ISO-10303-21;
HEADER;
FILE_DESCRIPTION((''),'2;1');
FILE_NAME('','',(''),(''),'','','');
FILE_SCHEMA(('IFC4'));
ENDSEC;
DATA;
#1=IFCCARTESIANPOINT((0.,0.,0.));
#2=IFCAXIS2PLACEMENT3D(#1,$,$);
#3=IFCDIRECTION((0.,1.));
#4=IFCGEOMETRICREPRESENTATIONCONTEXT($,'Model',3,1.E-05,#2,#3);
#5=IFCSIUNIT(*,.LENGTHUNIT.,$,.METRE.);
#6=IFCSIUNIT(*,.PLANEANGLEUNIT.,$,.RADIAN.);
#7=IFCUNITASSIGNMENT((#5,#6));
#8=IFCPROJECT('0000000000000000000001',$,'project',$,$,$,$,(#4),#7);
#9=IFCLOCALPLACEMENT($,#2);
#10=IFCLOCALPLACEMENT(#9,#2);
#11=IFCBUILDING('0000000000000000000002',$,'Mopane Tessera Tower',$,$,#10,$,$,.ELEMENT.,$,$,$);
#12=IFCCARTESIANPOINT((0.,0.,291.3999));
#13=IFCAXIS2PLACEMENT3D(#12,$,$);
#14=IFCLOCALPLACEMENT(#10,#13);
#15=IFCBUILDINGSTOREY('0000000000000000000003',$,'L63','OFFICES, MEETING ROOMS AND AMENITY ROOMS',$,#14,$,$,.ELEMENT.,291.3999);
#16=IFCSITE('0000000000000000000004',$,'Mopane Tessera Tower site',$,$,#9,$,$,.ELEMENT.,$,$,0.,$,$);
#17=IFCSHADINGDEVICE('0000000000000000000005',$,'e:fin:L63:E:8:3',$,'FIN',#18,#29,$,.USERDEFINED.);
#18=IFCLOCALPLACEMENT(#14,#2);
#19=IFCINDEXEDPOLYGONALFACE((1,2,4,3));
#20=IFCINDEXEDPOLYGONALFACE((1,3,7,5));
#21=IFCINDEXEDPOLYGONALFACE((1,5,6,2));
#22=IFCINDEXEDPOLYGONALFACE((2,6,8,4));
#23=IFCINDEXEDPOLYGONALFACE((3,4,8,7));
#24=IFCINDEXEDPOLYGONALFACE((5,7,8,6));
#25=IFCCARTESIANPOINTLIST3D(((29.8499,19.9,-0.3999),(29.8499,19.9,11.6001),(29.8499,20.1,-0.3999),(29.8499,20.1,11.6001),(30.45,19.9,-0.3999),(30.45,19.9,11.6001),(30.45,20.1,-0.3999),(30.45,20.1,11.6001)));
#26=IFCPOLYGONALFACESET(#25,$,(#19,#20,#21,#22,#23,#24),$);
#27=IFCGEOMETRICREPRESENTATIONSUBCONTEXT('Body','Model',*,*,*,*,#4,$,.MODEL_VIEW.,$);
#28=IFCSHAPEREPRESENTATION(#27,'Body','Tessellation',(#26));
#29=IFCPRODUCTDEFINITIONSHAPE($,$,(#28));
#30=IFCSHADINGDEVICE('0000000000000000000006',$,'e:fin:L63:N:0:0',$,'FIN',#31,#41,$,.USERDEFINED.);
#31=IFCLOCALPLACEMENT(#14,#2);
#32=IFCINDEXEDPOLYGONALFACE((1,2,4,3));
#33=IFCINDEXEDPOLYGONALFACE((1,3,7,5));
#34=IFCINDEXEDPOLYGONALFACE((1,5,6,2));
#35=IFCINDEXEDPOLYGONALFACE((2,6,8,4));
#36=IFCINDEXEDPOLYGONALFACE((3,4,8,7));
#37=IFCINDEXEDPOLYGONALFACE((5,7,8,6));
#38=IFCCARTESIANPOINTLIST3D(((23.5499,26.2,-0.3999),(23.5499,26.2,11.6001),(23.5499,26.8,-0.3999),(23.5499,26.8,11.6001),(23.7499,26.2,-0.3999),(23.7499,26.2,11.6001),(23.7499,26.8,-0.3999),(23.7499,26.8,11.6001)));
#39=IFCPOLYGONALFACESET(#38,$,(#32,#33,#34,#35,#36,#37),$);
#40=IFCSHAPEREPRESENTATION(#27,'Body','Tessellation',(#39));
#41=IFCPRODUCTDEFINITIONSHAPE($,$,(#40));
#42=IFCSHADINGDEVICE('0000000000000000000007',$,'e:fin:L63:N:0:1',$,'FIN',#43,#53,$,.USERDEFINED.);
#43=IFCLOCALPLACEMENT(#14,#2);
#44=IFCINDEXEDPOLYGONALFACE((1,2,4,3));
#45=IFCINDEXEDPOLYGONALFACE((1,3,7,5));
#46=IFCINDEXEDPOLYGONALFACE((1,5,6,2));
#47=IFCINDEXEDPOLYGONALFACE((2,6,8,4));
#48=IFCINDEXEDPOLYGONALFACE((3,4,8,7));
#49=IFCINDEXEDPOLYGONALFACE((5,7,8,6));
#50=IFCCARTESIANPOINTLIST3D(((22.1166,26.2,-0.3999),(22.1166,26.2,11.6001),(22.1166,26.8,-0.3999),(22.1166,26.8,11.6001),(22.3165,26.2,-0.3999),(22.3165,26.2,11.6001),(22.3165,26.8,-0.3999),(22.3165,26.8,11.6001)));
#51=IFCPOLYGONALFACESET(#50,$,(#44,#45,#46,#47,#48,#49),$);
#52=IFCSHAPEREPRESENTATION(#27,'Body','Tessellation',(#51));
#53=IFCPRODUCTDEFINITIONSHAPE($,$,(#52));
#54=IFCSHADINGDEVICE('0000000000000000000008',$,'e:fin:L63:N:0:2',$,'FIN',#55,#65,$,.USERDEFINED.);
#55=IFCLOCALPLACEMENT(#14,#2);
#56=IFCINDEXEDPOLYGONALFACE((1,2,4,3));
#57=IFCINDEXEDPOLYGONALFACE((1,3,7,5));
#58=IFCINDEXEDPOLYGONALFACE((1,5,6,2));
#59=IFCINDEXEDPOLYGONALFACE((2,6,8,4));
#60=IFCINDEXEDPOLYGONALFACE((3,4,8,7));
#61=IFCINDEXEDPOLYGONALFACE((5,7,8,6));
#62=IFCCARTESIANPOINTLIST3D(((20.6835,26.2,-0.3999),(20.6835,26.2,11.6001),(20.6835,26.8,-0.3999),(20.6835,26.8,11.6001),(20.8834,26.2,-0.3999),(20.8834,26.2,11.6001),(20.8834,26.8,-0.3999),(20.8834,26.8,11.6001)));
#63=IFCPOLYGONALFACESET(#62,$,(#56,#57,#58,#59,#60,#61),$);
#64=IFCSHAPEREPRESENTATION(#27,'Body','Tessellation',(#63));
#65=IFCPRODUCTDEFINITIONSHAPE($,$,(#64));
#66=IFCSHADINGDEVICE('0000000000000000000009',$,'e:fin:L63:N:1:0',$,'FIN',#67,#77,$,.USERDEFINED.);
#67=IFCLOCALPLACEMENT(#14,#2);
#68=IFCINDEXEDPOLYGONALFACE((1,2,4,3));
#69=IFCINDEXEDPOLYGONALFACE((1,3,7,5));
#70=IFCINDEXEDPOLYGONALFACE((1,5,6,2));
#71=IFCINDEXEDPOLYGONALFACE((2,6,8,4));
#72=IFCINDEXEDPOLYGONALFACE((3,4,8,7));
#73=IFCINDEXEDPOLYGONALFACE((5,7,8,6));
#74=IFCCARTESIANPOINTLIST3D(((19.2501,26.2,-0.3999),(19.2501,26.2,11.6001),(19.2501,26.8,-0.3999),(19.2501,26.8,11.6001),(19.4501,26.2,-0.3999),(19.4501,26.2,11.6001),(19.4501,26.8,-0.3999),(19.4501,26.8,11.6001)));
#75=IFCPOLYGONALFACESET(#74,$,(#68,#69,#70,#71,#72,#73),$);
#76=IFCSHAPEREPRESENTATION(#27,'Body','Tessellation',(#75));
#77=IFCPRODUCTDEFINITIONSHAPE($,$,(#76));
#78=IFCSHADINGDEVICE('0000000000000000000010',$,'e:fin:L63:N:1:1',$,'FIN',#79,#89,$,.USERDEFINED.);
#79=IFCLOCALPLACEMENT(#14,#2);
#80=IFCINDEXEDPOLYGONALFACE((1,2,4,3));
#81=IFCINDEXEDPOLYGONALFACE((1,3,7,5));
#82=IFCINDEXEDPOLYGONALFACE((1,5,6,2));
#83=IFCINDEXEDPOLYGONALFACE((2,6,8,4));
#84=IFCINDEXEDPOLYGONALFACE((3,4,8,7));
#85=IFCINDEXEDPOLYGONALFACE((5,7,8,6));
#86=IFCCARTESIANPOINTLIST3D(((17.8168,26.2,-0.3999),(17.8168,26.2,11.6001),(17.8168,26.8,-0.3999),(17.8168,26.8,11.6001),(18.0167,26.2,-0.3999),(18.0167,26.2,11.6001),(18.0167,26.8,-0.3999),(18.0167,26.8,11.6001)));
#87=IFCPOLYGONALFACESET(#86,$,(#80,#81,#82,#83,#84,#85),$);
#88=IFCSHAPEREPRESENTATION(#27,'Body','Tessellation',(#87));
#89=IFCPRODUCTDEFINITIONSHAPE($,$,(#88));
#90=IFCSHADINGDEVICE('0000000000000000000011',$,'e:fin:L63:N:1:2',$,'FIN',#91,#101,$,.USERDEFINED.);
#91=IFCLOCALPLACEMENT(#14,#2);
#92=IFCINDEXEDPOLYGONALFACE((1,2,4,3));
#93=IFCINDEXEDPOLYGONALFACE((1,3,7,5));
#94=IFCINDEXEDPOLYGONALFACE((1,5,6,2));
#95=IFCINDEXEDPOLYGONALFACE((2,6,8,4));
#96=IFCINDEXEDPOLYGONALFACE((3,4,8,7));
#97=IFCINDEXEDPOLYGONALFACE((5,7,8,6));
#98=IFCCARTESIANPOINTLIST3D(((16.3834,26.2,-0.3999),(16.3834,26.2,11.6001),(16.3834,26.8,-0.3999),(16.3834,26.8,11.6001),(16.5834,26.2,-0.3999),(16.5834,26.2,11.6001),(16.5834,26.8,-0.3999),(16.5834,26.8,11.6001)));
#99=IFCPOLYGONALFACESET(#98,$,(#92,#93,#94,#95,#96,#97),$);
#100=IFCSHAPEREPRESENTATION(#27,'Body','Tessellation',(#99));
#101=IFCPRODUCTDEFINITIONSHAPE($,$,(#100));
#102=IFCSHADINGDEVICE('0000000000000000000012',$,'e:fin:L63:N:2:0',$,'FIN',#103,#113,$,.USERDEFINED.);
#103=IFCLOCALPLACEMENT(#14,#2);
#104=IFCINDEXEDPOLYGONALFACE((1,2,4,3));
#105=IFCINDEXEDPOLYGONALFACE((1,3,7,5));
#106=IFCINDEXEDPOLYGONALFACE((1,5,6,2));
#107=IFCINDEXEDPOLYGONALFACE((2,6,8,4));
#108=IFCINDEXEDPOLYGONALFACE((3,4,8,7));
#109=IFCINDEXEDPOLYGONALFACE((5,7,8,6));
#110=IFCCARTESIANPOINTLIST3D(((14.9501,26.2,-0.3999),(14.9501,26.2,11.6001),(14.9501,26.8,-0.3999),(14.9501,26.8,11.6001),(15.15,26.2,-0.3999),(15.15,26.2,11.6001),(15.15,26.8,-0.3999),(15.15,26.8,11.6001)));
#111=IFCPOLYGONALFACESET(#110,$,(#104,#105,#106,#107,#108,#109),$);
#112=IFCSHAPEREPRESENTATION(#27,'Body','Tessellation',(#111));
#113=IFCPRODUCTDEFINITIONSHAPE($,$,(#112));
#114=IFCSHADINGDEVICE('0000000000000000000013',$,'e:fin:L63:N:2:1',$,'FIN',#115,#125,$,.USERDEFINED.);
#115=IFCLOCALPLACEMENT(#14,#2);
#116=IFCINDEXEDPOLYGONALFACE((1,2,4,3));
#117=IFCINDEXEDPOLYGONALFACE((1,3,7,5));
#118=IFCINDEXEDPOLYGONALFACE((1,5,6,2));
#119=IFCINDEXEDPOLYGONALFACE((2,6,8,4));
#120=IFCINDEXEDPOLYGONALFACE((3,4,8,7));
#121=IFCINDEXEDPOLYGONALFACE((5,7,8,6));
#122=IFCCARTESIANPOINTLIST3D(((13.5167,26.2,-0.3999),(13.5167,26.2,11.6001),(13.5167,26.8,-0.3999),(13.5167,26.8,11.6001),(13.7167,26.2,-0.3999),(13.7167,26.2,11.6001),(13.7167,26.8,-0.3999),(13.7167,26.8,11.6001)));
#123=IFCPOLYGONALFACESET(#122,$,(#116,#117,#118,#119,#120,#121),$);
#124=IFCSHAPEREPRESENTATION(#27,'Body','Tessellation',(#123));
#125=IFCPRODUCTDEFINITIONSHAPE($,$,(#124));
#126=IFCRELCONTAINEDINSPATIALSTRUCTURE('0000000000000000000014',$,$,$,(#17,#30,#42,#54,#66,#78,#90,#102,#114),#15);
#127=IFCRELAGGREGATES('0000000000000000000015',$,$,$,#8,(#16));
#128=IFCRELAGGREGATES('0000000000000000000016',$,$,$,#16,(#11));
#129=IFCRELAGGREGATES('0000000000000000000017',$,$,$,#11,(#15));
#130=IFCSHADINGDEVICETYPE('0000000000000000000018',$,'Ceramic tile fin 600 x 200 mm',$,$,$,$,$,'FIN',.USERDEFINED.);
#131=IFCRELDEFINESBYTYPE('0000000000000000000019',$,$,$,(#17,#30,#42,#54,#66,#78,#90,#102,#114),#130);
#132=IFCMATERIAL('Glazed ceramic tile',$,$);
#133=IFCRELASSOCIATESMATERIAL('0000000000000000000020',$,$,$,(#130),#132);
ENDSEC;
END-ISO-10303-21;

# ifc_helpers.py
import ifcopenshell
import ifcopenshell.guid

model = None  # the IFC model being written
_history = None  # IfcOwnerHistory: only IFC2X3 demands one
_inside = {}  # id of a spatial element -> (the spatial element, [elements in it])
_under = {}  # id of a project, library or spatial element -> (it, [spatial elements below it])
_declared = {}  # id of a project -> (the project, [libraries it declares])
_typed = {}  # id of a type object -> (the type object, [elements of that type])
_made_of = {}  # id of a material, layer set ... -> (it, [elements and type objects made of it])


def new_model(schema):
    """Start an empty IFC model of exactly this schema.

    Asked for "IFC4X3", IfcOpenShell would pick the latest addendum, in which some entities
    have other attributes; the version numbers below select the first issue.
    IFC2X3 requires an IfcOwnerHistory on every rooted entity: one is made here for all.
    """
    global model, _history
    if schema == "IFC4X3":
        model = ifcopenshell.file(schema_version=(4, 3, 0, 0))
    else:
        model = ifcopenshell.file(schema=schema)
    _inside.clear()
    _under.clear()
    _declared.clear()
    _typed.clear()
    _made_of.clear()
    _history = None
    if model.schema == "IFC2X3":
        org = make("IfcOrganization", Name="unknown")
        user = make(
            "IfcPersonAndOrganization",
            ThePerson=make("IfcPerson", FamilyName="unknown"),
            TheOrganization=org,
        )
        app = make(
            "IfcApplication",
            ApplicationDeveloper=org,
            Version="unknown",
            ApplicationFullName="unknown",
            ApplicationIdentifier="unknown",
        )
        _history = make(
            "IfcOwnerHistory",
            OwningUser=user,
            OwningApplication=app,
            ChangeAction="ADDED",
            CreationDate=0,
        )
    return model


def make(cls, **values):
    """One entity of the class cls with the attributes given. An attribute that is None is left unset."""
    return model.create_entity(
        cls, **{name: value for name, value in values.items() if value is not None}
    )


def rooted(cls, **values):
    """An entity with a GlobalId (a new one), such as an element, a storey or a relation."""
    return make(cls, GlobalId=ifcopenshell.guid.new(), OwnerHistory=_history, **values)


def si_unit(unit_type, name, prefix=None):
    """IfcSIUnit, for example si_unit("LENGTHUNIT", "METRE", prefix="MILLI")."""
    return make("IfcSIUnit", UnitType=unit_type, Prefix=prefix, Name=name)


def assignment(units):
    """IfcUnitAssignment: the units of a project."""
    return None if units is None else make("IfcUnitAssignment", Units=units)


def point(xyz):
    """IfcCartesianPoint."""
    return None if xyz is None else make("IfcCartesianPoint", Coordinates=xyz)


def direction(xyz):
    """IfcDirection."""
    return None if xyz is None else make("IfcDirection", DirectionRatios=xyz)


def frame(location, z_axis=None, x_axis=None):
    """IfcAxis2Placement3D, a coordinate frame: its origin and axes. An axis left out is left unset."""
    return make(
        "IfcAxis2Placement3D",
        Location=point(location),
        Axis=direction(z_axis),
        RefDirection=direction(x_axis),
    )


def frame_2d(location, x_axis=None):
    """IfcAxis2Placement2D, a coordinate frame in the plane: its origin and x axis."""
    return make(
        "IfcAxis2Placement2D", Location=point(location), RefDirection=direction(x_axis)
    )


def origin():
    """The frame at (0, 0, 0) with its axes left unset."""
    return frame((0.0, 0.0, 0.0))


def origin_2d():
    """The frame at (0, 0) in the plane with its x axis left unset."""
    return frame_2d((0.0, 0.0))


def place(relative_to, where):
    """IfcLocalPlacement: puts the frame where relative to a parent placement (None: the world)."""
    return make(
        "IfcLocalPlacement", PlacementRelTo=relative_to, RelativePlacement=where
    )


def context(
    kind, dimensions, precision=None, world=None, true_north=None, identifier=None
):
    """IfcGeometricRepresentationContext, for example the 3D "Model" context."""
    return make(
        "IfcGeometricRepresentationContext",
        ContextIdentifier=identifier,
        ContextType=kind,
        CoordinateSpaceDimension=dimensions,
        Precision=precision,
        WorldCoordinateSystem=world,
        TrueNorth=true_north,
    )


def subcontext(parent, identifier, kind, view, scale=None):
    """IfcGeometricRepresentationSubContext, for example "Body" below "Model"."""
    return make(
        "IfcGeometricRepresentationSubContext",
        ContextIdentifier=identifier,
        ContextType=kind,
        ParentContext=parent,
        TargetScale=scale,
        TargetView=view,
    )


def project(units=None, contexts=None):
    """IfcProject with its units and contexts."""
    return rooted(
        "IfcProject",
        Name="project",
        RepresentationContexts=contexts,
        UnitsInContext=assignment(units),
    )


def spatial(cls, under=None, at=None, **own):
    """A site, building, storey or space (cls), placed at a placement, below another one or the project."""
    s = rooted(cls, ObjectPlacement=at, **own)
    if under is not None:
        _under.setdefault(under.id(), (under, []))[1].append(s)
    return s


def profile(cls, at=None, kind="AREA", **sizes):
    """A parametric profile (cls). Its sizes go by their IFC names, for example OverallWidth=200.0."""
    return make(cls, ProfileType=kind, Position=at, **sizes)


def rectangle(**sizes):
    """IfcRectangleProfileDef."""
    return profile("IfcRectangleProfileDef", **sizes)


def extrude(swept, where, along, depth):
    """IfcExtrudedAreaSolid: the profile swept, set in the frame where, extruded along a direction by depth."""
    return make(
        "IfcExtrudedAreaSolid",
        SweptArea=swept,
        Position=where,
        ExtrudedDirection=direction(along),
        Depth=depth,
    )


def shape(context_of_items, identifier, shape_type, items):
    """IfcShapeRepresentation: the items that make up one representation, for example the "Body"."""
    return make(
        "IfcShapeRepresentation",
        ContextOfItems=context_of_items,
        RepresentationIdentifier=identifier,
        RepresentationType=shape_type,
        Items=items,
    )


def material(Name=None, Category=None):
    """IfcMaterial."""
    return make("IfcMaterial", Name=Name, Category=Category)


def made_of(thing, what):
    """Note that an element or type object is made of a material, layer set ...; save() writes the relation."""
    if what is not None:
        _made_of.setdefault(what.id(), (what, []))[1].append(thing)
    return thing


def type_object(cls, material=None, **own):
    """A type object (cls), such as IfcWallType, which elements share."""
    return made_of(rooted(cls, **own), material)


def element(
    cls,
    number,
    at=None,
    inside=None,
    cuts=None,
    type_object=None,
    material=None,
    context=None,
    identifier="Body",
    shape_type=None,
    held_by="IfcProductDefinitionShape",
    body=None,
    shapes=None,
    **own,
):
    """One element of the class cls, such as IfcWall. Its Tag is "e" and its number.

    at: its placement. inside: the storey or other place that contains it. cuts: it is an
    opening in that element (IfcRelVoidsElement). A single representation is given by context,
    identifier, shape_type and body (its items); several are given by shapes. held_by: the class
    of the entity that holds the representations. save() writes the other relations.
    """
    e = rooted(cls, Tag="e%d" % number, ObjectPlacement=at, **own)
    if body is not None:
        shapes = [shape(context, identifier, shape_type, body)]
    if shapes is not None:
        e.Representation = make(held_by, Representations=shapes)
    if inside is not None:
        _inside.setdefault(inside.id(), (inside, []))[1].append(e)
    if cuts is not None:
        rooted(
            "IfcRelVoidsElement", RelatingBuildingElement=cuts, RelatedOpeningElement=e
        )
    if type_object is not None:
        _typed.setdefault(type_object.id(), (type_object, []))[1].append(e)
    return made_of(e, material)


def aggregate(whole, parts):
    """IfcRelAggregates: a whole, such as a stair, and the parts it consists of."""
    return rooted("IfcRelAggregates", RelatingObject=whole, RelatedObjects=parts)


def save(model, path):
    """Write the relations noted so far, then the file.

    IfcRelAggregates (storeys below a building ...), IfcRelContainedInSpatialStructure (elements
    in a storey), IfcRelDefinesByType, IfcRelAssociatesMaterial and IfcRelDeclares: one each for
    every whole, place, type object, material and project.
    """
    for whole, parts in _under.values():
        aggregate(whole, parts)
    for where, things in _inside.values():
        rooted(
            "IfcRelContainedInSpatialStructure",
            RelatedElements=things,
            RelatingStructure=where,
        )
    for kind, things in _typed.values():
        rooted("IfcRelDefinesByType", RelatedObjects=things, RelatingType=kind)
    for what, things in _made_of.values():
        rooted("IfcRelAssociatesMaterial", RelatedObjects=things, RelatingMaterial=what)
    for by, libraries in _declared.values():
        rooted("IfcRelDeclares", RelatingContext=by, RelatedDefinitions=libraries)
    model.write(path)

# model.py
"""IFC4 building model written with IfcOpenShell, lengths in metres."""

from ifc_helpers import new_model, si_unit, direction, frame, origin, origin_2d, place, context, subcontext, project, spatial, rectangle, extrude, material, type_object, element, save


model = new_model("IFC4")

# Units and contexts
model_context = context("Model", 3, precision=1e-05, world=origin(), true_north=direction((0.0, 1.0)))
body_context = subcontext(model_context, "Body", "Model", "MODEL_VIEW")
ifc_project = project(units=[si_unit("LENGTHUNIT", "METRE"), si_unit("PLANEANGLEUNIT", "RADIAN")], contexts=[model_context])

# Site, building, storey
site_placement = place(None, origin())
site = spatial("IfcSite", under=ifc_project, at=site_placement, Name="Mopane Tessera Tower site", CompositionType="ELEMENT", RefElevation=0.0)
building_placement = place(site_placement, origin())
building = spatial("IfcBuilding", under=site, at=building_placement, Name="Mopane Tessera Tower", CompositionType="ELEMENT")
storey_placement = place(building_placement, frame((0.0, 0.0, 291.3999)))
storey = spatial("IfcBuildingStorey", under=building, at=storey_placement, Name="L63", Description="OFFICES, MEETING ROOMS AND AMENITY ROOMS", CompositionType="ELEMENT", Elevation=291.3999)

# Shading devices
ifc_material_1 = material(Name="Glazed ceramic tile")
shading_device_type = type_object("IfcShadingDeviceType", Name="Ceramic tile fin 600 x 200 mm", ElementType="FIN", PredefinedType="USERDEFINED", material=ifc_material_1)
for number, where, z_axis, x_axis, name in (
    (1, (30.1499, 20.0, -0.3999), (0.0, 0.0, 1.0), (0.0, 1.0, 0.0), "e:fin:L63:E:8:3"),
    (2, (23.6499, 26.5, -0.3999), (0.0, 0.0, 1.0), (-1.0, 0.0, 0.0), "e:fin:L63:N:0:0"),
    (3, (22.2166, 26.5, -0.3999), (0.0, 0.0, 1.0), (-1.0, 0.0, 0.0), "e:fin:L63:N:0:1"),
    (4, (20.7834, 26.5, -0.3999), (0.0, 0.0, 1.0), (-1.0, 0.0, 0.0), "e:fin:L63:N:0:2"),
    (5, (19.3501, 26.5, -0.3999), (0.0, 0.0, 1.0), (-1.0, 0.0, 0.0), "e:fin:L63:N:1:0"),
    (6, (17.9167, 26.5, -0.3999), (0.0, 0.0, 1.0), (-1.0, 0.0, 0.0), "e:fin:L63:N:1:1"),
    (7, (16.4834, 26.5, -0.3999), (0.0, 0.0, 1.0), (-1.0, 0.0, 0.0), "e:fin:L63:N:1:2"),
    (8, (15.05, 26.5, -0.3999), (0.0, 0.0, 1.0), (-1.0, 0.0, 0.0), "e:fin:L63:N:2:0"),
    (9, (13.6167, 26.5, -0.3999), (0.0, 0.0, 1.0), (-1.0, 0.0, 0.0), "e:fin:L63:N:2:1"),
):
    element("IfcShadingDevice", number, at=place(storey_placement, frame(where, z_axis=z_axis, x_axis=x_axis)), inside=storey, type_object=shading_device_type, Name=name, ObjectType="FIN", PredefinedType="USERDEFINED", context=body_context, shape_type="SweptSolid", body=[
        extrude(rectangle(XDim=0.2, YDim=0.6001, at=origin_2d()), origin(), (0.0, 0.0, 1.0), 12.0),
    ])

save(model, "model.ifc")
